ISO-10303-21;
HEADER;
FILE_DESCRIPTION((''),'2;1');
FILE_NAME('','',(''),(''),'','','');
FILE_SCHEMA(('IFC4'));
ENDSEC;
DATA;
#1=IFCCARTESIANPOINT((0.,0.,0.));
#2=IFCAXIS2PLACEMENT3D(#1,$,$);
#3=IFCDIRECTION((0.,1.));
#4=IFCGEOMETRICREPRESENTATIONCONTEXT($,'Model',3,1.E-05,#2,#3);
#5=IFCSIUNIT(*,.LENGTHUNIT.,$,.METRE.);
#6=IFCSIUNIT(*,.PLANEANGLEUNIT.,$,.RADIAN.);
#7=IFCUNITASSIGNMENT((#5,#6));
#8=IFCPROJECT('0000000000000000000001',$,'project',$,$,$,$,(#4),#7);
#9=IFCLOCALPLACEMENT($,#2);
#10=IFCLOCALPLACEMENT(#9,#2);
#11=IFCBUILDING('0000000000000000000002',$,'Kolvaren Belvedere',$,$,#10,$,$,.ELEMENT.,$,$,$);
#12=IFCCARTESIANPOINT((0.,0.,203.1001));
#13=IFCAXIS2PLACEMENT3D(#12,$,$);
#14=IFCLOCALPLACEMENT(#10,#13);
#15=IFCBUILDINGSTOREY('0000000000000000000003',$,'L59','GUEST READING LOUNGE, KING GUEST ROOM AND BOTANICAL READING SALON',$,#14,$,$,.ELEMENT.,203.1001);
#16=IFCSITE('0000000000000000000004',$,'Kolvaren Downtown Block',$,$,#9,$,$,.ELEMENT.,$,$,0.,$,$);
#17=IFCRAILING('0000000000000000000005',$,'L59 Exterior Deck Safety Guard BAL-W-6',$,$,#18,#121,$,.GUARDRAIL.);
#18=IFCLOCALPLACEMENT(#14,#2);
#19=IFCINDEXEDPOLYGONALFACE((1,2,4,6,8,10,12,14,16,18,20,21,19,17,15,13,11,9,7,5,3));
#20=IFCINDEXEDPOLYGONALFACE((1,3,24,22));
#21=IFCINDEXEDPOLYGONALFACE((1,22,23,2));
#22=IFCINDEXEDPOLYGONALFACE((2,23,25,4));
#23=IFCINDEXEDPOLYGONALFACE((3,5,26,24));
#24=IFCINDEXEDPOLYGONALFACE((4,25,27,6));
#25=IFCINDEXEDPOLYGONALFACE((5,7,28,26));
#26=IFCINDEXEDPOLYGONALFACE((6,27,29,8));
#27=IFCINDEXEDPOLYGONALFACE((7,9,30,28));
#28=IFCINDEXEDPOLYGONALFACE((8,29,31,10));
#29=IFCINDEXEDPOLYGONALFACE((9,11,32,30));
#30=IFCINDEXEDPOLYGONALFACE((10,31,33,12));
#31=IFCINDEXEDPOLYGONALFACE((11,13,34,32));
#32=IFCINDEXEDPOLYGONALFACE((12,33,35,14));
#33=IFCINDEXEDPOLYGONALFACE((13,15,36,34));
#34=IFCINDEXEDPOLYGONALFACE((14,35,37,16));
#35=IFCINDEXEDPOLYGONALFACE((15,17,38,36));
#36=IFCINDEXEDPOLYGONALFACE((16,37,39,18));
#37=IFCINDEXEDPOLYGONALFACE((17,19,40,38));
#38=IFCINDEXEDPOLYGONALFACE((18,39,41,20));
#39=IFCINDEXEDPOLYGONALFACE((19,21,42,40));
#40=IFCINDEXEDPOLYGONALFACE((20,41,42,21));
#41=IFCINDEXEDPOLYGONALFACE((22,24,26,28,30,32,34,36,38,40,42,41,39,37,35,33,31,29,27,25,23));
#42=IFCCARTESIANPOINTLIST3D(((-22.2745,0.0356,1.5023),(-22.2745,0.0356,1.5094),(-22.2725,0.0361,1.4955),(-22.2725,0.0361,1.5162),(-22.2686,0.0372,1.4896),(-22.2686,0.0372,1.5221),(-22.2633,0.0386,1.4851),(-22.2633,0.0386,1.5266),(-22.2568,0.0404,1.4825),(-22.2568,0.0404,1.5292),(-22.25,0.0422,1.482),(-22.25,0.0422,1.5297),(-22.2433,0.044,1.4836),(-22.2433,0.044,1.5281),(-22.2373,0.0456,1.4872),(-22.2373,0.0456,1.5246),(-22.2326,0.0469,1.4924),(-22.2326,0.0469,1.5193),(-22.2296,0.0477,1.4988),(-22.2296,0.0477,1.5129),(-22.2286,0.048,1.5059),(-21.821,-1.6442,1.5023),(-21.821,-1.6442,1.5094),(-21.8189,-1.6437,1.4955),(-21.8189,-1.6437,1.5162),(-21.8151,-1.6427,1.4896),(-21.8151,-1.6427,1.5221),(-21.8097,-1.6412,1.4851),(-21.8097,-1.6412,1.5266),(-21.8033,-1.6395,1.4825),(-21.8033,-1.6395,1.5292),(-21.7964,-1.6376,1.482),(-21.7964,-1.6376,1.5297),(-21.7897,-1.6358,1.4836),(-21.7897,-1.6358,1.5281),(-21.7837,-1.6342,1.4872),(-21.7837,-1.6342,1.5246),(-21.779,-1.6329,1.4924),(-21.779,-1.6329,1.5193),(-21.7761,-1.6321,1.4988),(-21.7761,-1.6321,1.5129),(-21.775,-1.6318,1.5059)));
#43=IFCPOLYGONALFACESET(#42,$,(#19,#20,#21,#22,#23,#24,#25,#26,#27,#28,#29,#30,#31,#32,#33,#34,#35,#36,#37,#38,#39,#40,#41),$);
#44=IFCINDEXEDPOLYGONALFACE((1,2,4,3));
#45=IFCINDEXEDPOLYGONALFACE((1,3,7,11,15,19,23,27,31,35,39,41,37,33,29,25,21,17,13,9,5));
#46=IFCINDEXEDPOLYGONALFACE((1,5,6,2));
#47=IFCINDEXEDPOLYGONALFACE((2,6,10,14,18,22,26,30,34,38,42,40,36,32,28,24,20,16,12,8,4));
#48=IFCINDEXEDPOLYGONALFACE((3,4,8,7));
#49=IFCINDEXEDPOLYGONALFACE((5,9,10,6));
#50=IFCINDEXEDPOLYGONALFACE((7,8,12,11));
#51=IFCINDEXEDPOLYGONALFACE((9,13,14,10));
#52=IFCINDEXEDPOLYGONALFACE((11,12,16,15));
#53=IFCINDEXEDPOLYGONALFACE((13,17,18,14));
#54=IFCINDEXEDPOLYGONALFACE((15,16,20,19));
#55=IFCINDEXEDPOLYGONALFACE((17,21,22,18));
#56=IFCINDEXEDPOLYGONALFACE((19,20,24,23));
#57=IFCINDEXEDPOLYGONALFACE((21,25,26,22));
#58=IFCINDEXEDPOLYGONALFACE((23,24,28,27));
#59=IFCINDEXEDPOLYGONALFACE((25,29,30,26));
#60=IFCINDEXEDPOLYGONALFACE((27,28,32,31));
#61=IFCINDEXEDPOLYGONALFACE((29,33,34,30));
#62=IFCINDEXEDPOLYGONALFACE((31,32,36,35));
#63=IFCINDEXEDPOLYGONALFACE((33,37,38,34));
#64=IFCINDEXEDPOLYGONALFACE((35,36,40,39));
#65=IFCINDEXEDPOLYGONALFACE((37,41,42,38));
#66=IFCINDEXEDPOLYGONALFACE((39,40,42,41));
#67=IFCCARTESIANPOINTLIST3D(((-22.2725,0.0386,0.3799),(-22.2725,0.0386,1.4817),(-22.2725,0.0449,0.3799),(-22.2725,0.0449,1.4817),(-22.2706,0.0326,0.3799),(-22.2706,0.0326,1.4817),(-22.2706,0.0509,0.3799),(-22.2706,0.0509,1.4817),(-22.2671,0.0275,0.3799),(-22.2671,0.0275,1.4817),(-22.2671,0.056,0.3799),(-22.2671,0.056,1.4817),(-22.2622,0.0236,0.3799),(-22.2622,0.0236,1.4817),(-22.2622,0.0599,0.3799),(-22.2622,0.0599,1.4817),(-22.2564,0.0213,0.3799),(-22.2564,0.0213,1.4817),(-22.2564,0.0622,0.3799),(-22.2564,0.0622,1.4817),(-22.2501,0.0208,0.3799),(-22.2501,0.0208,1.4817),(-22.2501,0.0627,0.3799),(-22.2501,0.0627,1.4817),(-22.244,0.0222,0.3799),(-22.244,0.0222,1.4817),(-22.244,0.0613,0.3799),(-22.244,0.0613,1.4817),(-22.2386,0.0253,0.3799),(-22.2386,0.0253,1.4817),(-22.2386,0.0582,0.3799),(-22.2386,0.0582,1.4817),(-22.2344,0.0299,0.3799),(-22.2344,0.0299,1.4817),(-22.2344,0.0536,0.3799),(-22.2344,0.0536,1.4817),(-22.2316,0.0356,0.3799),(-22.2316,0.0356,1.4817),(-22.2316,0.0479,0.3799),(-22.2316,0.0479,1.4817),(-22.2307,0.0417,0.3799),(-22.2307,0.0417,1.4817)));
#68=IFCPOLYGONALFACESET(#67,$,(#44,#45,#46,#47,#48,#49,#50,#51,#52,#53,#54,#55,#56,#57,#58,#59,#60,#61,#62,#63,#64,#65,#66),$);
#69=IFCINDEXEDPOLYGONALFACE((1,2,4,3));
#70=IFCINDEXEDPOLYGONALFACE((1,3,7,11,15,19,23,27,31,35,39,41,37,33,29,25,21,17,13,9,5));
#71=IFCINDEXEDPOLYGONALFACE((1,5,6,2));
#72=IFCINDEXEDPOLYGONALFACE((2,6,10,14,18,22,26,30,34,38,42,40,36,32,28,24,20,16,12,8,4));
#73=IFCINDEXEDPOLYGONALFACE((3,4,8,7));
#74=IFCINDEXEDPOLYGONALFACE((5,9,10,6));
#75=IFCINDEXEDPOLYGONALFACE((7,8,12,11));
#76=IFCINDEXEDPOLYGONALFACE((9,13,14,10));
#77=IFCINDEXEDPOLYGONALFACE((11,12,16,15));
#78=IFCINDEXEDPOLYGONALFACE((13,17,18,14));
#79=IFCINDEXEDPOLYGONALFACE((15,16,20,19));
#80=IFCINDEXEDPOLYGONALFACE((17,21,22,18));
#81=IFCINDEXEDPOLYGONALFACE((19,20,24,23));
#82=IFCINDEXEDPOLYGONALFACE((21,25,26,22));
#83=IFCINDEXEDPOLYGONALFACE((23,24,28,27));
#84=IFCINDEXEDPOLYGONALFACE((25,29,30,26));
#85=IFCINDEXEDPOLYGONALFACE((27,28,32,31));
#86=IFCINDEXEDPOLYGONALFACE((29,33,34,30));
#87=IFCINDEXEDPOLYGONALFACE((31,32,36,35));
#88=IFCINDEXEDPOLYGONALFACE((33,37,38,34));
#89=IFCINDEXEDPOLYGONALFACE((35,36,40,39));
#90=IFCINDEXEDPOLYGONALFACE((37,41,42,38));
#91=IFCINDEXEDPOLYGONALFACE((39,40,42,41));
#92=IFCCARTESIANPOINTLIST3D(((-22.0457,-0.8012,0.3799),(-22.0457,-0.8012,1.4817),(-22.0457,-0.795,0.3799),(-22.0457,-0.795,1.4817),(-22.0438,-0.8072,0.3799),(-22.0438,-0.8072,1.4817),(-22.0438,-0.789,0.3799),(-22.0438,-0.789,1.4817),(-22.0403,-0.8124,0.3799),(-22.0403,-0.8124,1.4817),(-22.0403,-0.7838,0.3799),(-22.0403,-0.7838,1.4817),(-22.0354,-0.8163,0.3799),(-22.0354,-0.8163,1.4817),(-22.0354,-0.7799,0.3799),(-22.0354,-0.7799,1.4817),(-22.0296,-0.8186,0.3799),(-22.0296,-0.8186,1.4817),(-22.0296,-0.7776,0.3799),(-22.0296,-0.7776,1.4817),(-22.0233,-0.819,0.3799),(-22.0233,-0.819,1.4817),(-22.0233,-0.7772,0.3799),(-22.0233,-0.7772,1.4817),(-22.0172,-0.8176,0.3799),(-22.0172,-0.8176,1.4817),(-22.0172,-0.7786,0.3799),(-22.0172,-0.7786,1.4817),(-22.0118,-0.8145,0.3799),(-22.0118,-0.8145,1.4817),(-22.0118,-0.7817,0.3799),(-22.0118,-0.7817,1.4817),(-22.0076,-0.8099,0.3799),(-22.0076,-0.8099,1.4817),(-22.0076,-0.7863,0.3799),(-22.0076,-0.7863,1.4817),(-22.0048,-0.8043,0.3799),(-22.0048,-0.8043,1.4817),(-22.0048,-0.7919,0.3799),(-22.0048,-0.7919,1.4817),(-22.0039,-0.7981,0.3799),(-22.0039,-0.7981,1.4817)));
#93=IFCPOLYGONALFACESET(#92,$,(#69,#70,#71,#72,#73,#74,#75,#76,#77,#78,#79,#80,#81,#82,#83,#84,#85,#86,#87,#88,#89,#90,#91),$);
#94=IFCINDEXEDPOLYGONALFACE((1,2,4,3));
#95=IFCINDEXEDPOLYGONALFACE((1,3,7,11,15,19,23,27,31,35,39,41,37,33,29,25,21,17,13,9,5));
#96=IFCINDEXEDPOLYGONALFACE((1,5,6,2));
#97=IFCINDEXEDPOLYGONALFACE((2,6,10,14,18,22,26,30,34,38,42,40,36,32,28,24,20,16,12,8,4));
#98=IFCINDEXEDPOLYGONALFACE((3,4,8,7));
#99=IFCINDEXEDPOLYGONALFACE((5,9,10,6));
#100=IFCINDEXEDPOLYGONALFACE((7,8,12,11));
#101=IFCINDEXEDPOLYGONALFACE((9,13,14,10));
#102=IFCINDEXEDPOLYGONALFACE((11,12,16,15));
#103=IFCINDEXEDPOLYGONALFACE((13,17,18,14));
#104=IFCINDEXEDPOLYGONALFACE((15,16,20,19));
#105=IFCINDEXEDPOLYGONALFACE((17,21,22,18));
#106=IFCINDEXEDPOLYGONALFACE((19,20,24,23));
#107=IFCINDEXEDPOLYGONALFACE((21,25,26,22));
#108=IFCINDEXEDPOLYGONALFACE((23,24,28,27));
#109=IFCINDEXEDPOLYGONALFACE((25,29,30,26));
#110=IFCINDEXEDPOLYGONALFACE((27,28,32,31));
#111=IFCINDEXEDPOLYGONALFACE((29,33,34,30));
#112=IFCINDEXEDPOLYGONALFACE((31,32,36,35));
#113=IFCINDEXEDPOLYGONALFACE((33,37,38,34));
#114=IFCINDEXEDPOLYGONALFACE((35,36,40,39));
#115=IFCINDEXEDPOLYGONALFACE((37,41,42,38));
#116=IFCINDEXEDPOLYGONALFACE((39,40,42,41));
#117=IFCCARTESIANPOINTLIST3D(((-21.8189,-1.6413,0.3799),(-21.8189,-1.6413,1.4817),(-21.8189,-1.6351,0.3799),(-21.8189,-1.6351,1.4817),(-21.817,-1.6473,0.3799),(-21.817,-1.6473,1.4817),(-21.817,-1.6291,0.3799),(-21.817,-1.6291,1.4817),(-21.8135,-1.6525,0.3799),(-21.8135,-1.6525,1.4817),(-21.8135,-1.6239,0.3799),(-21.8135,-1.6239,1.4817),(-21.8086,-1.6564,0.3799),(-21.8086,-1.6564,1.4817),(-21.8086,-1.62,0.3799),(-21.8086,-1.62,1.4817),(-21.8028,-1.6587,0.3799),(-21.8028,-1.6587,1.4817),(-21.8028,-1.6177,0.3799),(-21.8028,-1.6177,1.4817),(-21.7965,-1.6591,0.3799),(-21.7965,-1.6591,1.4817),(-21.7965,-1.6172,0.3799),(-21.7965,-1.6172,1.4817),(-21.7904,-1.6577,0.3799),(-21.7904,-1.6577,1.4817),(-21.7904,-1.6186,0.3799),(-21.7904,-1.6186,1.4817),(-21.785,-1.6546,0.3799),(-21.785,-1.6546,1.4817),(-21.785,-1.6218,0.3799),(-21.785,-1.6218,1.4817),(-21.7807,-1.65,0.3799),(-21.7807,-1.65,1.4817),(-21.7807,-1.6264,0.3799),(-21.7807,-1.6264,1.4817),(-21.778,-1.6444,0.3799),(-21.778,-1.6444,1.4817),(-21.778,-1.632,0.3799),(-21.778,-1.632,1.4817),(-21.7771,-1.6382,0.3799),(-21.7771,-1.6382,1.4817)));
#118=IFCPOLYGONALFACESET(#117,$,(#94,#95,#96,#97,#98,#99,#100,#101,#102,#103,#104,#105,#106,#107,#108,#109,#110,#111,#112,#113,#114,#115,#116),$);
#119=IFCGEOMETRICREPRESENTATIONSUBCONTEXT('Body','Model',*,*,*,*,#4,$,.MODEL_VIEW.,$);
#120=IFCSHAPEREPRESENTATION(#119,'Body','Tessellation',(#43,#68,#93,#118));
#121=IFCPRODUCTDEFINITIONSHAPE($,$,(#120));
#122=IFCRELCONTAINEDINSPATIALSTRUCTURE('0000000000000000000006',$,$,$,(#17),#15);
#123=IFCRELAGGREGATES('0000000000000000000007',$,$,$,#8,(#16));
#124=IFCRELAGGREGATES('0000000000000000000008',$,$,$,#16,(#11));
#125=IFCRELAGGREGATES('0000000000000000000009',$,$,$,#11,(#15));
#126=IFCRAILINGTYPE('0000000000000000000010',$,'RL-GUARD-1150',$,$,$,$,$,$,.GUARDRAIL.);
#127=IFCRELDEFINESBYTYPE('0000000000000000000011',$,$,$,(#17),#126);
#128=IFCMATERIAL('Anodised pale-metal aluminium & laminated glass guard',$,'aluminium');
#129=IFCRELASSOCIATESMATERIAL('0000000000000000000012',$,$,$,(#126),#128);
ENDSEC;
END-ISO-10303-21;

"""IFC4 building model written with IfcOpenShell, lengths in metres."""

from ifc_helpers import new_model, si_unit, direction, frame, origin, origin_2d, place, context, subcontext, project, spatial, circle, extrude, material, type_object, element, save


model = new_model("IFC4")

# Units and contexts
model_context = context("Model", 3, precision=1e-05, world=origin(), true_north=direction((0.0, 1.0)))
body_context = subcontext(model_context, "Body", "Model", "MODEL_VIEW")
ifc_project = project(units=[si_unit("LENGTHUNIT", "METRE"), si_unit("PLANEANGLEUNIT", "RADIAN")], contexts=[model_context])

# Site, building, storey
site_placement = place(None, origin())
site = spatial("IfcSite", under=ifc_project, at=site_placement, Name="Kolvaren Downtown Block", CompositionType="ELEMENT", RefElevation=0.0)
building_placement = place(site_placement, origin())
building = spatial("IfcBuilding", under=site, at=building_placement, Name="Kolvaren Belvedere", CompositionType="ELEMENT")
storey_placement = place(building_placement, frame((0.0, 0.0, 203.1001)))
storey = spatial("IfcBuildingStorey", under=building, at=storey_placement, Name="L59", Description="GUEST READING LOUNGE, KING GUEST ROOM AND BOTANICAL READING SALON", CompositionType="ELEMENT", Elevation=203.1001)

# Railing
ifc_material_1 = material(Name="Anodised pale-metal aluminium & laminated glass guard", Category="aluminium")
railing_type = type_object("IfcRailingType", Name="RL-GUARD-1150", PredefinedType="GUARDRAIL", material=ifc_material_1)
railing_1_placement = place(storey_placement, frame((-22.2517, 0.0417, 0.3799)))
element("IfcRailing", 1, at=railing_1_placement, inside=storey, type_object=railing_type, Name="L59 Exterior Deck Safety Guard BAL-W-6", PredefinedType="GUARDRAIL", context=body_context, shape_type="SweptSolid", body=[
    extrude(circle(Radius=0.0239, at=origin_2d()), frame((0.0, 0.0, 1.126), z_axis=(0.260683, -0.965424, 0.0), x_axis=(0.965424, 0.260683, 0.0)), (0.0, 0.0, 1.0), 1.74),
    extrude(circle(Radius=0.021, at=origin_2d()), origin(), (0.0, 0.0, 1.0), 1.1018),
    extrude(circle(Radius=0.021, at=origin_2d()), frame((0.2268, -0.8398, 0.0)), (0.0, 0.0, 1.0), 1.1018),
    extrude(circle(Radius=0.021, at=origin_2d()), frame((0.4536, -1.6799, 0.0)), (0.0, 0.0, 1.0), 1.1018),
])

save(model, "model.ifc")
